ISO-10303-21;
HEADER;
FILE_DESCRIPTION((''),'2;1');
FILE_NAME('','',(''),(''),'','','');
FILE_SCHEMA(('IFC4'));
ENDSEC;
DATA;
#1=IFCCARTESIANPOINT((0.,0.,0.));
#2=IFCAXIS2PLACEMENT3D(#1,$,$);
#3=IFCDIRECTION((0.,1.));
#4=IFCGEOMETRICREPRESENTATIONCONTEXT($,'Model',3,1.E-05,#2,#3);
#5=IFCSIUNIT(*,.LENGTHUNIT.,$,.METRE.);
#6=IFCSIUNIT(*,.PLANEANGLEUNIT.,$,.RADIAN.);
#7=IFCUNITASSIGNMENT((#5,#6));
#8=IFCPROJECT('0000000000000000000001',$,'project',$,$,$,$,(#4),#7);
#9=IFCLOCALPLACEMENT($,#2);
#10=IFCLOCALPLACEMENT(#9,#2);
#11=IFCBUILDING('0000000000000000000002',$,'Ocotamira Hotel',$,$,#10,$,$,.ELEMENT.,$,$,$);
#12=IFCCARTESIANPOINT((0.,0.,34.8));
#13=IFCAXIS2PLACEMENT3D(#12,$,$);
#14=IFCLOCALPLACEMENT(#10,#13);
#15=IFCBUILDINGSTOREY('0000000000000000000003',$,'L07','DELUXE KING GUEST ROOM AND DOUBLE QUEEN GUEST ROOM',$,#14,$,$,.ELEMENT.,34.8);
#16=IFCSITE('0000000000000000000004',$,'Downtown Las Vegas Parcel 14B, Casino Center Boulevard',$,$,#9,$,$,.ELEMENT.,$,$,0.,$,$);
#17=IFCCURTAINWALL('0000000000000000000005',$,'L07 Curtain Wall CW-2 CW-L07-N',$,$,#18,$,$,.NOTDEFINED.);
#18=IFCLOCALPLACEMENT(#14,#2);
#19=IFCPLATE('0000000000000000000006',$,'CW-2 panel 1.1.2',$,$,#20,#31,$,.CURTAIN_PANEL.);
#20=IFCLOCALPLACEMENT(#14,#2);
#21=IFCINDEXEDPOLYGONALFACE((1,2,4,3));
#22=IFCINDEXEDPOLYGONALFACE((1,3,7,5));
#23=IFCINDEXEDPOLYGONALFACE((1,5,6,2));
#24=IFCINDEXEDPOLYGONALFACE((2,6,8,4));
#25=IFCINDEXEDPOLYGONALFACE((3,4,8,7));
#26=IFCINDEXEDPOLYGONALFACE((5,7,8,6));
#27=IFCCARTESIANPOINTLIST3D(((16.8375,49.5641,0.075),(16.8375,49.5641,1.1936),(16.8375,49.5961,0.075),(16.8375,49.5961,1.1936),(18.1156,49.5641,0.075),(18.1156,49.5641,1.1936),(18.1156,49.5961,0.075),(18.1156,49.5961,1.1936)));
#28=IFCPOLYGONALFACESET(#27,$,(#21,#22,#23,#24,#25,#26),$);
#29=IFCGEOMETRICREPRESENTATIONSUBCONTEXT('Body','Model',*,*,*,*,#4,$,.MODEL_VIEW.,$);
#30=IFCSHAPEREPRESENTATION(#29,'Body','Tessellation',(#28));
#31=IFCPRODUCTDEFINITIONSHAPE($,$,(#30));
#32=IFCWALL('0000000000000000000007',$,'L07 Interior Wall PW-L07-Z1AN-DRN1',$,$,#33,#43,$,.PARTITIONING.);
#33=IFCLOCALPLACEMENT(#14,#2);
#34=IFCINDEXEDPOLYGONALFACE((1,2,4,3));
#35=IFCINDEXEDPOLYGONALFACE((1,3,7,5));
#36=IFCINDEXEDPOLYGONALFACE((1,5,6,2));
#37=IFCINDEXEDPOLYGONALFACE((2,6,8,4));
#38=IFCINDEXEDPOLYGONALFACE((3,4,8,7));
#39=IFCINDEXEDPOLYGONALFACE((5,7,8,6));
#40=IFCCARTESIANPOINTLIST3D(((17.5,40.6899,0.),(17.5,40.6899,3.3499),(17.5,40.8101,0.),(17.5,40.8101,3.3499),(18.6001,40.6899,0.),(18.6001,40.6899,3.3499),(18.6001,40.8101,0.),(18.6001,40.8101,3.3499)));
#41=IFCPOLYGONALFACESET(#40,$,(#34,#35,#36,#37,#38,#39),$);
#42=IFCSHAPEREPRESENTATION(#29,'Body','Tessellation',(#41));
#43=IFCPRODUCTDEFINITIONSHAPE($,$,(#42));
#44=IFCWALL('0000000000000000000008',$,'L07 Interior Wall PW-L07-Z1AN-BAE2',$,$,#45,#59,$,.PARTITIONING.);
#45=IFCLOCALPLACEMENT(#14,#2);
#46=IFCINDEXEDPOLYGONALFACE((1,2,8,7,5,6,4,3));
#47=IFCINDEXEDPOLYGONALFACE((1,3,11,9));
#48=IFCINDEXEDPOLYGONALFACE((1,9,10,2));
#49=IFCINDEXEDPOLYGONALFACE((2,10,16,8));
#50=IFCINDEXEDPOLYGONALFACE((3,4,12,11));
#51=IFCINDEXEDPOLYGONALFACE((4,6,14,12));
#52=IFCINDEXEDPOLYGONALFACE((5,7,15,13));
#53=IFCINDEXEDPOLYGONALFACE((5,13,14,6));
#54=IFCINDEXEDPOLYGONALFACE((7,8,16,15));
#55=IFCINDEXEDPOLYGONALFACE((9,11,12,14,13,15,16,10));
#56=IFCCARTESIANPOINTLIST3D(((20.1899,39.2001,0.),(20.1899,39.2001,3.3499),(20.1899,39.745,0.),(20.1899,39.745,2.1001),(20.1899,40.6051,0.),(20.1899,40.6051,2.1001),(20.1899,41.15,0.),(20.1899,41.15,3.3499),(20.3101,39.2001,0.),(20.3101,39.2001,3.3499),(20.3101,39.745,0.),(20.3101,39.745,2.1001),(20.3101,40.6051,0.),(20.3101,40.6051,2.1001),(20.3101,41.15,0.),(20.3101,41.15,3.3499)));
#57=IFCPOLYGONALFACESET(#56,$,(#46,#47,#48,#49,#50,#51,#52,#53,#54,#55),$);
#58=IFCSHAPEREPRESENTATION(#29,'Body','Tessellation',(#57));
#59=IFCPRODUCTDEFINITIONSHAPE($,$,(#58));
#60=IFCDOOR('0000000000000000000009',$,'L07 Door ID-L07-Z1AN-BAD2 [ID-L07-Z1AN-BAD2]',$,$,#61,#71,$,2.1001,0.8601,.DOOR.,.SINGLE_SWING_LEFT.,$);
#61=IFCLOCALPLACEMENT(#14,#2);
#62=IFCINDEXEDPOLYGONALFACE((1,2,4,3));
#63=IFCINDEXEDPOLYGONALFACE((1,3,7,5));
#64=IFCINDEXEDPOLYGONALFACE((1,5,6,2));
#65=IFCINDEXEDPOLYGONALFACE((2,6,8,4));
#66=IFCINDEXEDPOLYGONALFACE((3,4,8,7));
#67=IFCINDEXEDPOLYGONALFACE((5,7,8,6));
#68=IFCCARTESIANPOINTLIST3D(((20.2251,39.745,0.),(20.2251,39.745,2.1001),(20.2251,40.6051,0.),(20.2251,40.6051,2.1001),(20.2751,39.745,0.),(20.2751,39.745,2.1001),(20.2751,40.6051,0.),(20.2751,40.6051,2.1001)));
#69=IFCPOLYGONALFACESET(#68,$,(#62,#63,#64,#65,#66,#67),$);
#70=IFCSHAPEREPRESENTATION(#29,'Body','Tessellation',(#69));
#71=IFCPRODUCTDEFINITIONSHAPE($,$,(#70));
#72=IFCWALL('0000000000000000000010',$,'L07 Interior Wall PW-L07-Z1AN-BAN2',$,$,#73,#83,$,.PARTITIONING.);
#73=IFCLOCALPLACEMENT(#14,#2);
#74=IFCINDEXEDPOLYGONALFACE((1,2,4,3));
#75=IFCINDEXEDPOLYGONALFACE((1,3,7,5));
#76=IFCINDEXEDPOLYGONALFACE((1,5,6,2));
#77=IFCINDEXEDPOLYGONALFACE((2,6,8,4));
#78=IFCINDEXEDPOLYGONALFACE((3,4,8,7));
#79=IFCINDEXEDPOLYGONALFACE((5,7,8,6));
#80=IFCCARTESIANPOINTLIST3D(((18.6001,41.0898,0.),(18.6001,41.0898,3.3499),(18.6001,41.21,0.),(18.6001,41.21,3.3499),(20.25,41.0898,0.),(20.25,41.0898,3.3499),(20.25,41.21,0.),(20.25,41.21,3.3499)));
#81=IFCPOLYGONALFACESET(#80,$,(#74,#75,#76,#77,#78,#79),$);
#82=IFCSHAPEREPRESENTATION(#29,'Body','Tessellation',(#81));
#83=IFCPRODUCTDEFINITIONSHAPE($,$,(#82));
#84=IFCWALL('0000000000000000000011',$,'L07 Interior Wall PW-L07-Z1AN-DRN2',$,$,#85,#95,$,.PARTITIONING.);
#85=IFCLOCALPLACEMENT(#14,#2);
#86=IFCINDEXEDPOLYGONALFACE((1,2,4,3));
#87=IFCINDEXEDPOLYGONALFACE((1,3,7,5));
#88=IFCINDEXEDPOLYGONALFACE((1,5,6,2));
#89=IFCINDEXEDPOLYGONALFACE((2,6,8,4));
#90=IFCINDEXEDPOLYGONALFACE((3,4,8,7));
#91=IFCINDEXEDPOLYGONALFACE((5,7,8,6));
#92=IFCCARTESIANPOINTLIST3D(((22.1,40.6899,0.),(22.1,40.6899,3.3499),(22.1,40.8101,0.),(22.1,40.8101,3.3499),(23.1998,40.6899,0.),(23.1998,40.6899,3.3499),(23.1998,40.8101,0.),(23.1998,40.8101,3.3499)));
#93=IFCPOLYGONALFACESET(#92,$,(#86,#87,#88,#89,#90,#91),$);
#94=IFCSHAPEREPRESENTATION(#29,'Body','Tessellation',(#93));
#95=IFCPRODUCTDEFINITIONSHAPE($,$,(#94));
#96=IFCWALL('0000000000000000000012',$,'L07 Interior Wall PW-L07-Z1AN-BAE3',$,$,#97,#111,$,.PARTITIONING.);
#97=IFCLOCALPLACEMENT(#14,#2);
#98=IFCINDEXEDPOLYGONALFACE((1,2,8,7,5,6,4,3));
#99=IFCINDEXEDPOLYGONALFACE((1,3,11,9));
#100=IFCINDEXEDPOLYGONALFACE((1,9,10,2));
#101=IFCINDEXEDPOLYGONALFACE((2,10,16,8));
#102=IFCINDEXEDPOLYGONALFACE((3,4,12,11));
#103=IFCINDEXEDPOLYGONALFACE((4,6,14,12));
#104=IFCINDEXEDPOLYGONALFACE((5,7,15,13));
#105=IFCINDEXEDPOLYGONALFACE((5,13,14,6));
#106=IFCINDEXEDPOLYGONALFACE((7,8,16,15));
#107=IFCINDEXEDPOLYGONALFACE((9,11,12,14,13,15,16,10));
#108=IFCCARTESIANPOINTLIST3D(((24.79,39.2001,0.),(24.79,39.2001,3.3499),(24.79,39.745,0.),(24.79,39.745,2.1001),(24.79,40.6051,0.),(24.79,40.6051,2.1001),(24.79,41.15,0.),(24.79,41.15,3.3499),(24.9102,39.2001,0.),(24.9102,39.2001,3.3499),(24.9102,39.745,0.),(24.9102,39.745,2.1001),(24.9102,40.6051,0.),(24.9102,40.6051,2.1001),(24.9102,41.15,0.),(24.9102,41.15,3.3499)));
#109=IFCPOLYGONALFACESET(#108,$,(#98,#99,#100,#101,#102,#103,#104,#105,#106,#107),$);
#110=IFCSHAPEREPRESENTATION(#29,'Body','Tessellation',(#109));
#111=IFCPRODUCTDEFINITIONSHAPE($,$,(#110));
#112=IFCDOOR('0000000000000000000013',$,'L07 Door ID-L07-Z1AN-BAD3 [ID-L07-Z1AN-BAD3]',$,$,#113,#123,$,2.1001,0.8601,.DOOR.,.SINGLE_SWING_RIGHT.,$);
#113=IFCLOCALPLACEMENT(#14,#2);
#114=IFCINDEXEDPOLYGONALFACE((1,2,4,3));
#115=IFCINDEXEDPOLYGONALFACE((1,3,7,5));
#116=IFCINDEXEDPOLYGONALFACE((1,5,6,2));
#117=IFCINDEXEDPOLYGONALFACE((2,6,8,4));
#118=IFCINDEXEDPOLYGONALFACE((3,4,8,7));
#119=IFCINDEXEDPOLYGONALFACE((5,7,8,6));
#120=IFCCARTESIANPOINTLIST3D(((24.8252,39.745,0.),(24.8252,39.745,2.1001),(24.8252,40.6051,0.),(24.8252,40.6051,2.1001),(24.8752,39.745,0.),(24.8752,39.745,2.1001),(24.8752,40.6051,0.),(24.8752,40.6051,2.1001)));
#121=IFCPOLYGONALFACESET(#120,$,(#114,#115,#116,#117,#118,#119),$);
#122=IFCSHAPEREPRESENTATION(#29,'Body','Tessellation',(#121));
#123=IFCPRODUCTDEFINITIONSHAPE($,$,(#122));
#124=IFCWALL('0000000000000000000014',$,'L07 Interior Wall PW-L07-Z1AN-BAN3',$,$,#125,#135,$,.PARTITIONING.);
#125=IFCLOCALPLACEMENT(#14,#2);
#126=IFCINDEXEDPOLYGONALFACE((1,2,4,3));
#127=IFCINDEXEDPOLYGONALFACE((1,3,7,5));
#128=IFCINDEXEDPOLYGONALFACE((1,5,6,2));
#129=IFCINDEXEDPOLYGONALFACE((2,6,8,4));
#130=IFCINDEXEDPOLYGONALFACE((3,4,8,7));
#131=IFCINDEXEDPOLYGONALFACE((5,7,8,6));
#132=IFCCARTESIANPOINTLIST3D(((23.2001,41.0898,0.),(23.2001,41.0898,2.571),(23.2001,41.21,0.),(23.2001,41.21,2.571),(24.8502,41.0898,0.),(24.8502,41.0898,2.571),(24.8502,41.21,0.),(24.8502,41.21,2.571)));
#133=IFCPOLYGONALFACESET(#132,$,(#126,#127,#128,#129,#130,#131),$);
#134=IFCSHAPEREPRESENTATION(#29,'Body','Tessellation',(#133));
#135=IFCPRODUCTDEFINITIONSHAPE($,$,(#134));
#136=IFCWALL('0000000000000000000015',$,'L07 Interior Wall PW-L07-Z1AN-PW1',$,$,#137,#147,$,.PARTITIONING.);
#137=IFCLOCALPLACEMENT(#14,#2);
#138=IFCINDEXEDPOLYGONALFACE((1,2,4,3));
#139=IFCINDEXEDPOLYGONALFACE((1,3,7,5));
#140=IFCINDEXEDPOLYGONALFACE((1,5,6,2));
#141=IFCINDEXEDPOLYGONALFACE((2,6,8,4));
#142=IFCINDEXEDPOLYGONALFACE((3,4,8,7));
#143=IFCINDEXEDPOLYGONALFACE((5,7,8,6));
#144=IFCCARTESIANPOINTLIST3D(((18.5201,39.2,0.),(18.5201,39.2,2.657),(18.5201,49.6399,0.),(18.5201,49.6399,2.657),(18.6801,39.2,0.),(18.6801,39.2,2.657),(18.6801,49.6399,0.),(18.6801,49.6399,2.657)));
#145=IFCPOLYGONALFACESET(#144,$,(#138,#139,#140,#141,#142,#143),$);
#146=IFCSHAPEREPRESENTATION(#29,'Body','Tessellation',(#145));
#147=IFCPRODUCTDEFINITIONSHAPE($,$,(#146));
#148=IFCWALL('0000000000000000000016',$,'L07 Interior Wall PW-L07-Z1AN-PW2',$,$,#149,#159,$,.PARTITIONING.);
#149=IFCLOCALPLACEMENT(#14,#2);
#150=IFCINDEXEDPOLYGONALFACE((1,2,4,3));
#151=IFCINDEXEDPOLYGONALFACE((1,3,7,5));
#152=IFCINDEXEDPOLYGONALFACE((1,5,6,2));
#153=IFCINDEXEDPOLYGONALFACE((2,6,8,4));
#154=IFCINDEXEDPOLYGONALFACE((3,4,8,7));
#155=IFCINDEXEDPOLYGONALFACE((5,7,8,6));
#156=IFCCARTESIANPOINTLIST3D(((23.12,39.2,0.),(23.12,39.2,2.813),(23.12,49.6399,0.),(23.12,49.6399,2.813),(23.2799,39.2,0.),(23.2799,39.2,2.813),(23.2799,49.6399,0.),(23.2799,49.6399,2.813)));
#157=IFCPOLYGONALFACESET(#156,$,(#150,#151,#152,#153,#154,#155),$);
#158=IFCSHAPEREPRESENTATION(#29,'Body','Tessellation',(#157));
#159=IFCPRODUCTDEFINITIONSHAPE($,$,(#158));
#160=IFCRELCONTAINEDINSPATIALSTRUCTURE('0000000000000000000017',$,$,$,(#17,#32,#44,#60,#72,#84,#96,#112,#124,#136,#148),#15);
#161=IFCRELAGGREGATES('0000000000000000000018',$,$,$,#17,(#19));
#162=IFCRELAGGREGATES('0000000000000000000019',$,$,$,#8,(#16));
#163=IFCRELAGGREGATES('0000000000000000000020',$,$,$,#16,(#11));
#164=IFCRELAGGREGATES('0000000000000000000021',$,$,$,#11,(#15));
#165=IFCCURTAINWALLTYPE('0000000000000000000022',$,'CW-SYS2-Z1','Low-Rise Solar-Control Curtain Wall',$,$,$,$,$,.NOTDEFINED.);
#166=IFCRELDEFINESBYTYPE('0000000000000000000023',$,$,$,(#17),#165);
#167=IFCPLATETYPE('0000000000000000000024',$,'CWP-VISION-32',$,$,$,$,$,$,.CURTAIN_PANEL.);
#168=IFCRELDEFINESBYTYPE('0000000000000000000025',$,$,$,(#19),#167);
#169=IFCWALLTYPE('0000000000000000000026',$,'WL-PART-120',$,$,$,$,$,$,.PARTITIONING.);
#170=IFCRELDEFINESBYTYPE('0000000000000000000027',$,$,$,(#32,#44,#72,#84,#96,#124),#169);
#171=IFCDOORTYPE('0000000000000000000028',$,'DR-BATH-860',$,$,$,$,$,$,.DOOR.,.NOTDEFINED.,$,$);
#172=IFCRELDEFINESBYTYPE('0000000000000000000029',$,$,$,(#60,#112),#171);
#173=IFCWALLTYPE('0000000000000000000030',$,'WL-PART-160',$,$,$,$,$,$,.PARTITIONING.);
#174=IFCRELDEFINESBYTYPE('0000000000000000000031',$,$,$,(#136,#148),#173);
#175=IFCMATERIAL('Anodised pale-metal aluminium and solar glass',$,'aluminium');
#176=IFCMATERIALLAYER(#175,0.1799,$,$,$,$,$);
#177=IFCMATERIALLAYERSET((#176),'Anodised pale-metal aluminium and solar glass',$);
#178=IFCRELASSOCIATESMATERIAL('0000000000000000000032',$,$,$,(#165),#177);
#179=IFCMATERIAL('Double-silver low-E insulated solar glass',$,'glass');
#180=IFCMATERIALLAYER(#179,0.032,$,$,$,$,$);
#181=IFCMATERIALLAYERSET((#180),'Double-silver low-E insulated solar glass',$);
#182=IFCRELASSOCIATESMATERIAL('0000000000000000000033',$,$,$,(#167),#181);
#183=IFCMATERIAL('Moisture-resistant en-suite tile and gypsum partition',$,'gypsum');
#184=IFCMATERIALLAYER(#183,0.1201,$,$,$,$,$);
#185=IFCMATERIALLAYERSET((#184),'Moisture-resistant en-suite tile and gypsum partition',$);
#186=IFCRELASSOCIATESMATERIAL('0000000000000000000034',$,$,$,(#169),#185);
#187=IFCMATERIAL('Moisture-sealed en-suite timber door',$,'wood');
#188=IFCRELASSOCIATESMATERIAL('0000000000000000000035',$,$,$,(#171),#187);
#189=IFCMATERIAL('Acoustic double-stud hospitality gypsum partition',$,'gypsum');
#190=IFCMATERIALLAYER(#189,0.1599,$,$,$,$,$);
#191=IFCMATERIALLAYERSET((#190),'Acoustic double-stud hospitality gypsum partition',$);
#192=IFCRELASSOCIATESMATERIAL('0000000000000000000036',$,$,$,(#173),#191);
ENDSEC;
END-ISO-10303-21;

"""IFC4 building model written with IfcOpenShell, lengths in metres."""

from ifc_helpers import new_model, si_unit, direction, frame, frame_2d, origin, origin_2d, place, context, subcontext, project, spatial, rectangle, extrude, source, transform, mapped, material, layer, layer_set, type_object, element, fill, aggregate, save


model = new_model("IFC4")

# Units and contexts
model_context = context("Model", 3, precision=1e-05, world=origin(), true_north=direction((0.0, 1.0)))
body_context = subcontext(model_context, "Body", "Model", "MODEL_VIEW")
ifc_project = project(units=[si_unit("LENGTHUNIT", "METRE"), si_unit("PLANEANGLEUNIT", "RADIAN")], contexts=[model_context])

# Site, building, storey
site_placement = place(None, origin())
site = spatial("IfcSite", under=ifc_project, at=site_placement, Name="Downtown Las Vegas Parcel 14B, Casino Center Boulevard", CompositionType="ELEMENT", RefElevation=0.0)
building_placement = place(site_placement, origin())
building = spatial("IfcBuilding", under=site, at=building_placement, Name="Ocotamira Hotel", CompositionType="ELEMENT")
storey_placement = place(building_placement, frame((0.0, 0.0, 34.8)))
storey = spatial("IfcBuildingStorey", under=building, at=storey_placement, Name="L07", Description="DELUXE KING GUEST ROOM AND DOUBLE QUEEN GUEST ROOM", CompositionType="ELEMENT", Elevation=34.8)

# Curtain wall, plate
ifc_material_1 = material(Name="Anodised pale-metal aluminium and solar glass", Category="aluminium")
ifc_layer_1 = layer(ifc_material_1, 0.1799)
ifc_layer_set_1 = layer_set([ifc_layer_1], Name="Anodised pale-metal aluminium and solar glass")
curtain_wall_type = type_object("IfcCurtainWallType", Name="CW-SYS2-Z1", Description="Low-Rise Solar-Control Curtain Wall", PredefinedType="NOTDEFINED", material=ifc_layer_set_1)
curtain_wall_placement = place(storey_placement, origin())
curtain_wall = element("IfcCurtainWall", 1, at=curtain_wall_placement, inside=storey, type_object=curtain_wall_type, Name="L07 Curtain Wall CW-2 CW-L07-N", PredefinedType="NOTDEFINED")
ifc_material_2 = material(Name="Double-silver low-E insulated solar glass", Category="glass")
ifc_layer_2 = layer(ifc_material_2, 0.032)
ifc_layer_set_2 = layer_set([ifc_layer_2], Name="Double-silver low-E insulated solar glass")
plate_type = type_object("IfcPlateType", Name="CWP-VISION-32", PredefinedType="CURTAIN_PANEL", material=ifc_layer_set_2)
shared_shape_1 = source(origin(), body_context, "Body", "SweptSolid", [
    extrude(rectangle(XDim=1.2781, YDim=0.032, at=origin_2d()), origin(), (0.0, 0.0, 1.0), 1.1187),
])
plate_placement = place(storey_placement, frame((17.4766, 49.5801, 0.075), z_axis=(0.0, 0.0, 1.0), x_axis=(1.0, 0.0, 0.0)))
plate = element("IfcPlate", 2, at=plate_placement, type_object=plate_type, Name="CW-2 panel 1.1.2", PredefinedType="CURTAIN_PANEL", context=body_context, shape_type="MappedRepresentation", body=[
    mapped(shared_shape_1, transform((0.0, 0.0, 0.0), scale=1.0)),
])
aggregate(curtain_wall, [plate])

# Wall
ifc_material_3 = material(Name="Moisture-resistant en-suite tile and gypsum partition", Category="gypsum")
ifc_layer_3 = layer(ifc_material_3, 0.1201)
ifc_layer_set_3 = layer_set([ifc_layer_3], Name="Moisture-resistant en-suite tile and gypsum partition")
wall_type_1 = type_object("IfcWallType", Name="WL-PART-120", PredefinedType="PARTITIONING", material=ifc_layer_set_3)
wall_1_placement = place(storey_placement, frame((17.5, 40.75, 0.0), z_axis=(0.0, 0.0, 1.0), x_axis=(1.0, 0.0, 0.0)))
element("IfcWall", 3, at=wall_1_placement, inside=storey, type_object=wall_type_1, Name="L07 Interior Wall PW-L07-Z1AN-DRN1", PredefinedType="PARTITIONING", context=body_context, shape_type="SweptSolid", body=[
    extrude(rectangle(XDim=1.1001, YDim=0.1201, at=frame_2d((0.55, 0.0))), origin(), (0.0, 0.0, 1.0), 3.3499),
])

# Wall, opening, door
wall_2_placement = place(storey_placement, frame((20.25, 39.2, 0.0), z_axis=(0.0, 0.0, 1.0), x_axis=(0.0, 1.0, 0.0)))
wall_2 = element("IfcWall", 4, at=wall_2_placement, inside=storey, type_object=wall_type_1, Name="L07 Interior Wall PW-L07-Z1AN-BAE2", PredefinedType="PARTITIONING", context=body_context, shape_type="SweptSolid", body=[
    extrude(rectangle(XDim=1.95, YDim=0.1201, at=frame_2d((0.9751, 0.0))), origin(), (0.0, 0.0, 1.0), 3.3499),
])
opening_1_placement = place(wall_2_placement, frame((0.5449, 0.0, 0.0)))
opening_1 = element("IfcOpeningElement", 5, at=opening_1_placement, cuts=wall_2, PredefinedType="OPENING", context=body_context, shape_type="SweptSolid", body=[
    extrude(rectangle(XDim=0.8601, YDim=2.1001, at=frame_2d((0.4302, 1.05))), frame((0.0, 0.0701, 0.0), z_axis=(0.0, -1.0, 0.0), x_axis=(1.0, 0.0, 0.0)), (0.0, 0.0, 1.0), 0.1401),
])
ifc_material_4 = material(Name="Moisture-sealed en-suite timber door", Category="wood")
door_type = type_object("IfcDoorType", Name="DR-BATH-860", OperationType="NOTDEFINED", PredefinedType="DOOR", material=ifc_material_4)
shared_shape_2 = source(origin(), body_context, "Body", "SweptSolid", [
    extrude(rectangle(XDim=0.8601, YDim=2.1001, at=frame_2d((0.4302, 1.05))), frame((0.0, 0.0249, 0.0), z_axis=(0.0, -1.0, 0.0), x_axis=(1.0, 0.0, 0.0)), (0.0, 0.0, 1.0), 0.05),
])
door_1_placement = place(opening_1_placement, origin())
door_1 = element("IfcDoor", 6, at=door_1_placement, inside=storey, type_object=door_type, Name="L07 Door ID-L07-Z1AN-BAD2 [ID-L07-Z1AN-BAD2]", OperationType="SINGLE_SWING_LEFT", OverallHeight=2.1001, OverallWidth=0.8601, PredefinedType="DOOR", context=body_context, shape_type="MappedRepresentation", body=[
    mapped(shared_shape_2, transform((0.0, 0.0, 0.0), scale=1.0)),
])
fill(opening_1, door_1)

# Walls
wall_3_placement = place(storey_placement, frame((18.6001, 41.1499, 0.0), z_axis=(0.0, 0.0, 1.0), x_axis=(1.0, 0.0, 0.0)))
element("IfcWall", 7, at=wall_3_placement, inside=storey, type_object=wall_type_1, Name="L07 Interior Wall PW-L07-Z1AN-BAN2", PredefinedType="PARTITIONING", context=body_context, shape_type="SweptSolid", body=[
    extrude(rectangle(XDim=1.6499, YDim=0.1201, at=frame_2d((0.825, 0.0))), origin(), (0.0, 0.0, 1.0), 3.3499),
])
wall_4_placement = place(storey_placement, frame((22.1001, 40.75, 0.0), z_axis=(0.0, 0.0, 1.0), x_axis=(1.0, 0.0, 0.0)))
element("IfcWall", 8, at=wall_4_placement, inside=storey, type_object=wall_type_1, Name="L07 Interior Wall PW-L07-Z1AN-DRN2", PredefinedType="PARTITIONING", context=body_context, shape_type="SweptSolid", body=[
    extrude(rectangle(XDim=1.0999, YDim=0.1201, at=frame_2d((0.5498, 0.0))), origin(), (0.0, 0.0, 1.0), 3.3499),
])

# Wall, opening, door
wall_5_placement = place(storey_placement, frame((24.8501, 39.2, 0.0), z_axis=(0.0, 0.0, 1.0), x_axis=(0.0, 1.0, 0.0)))
wall_5 = element("IfcWall", 9, at=wall_5_placement, inside=storey, type_object=wall_type_1, Name="L07 Interior Wall PW-L07-Z1AN-BAE3", PredefinedType="PARTITIONING", context=body_context, shape_type="SweptSolid", body=[
    extrude(rectangle(XDim=1.95, YDim=0.1201, at=frame_2d((0.9751, 0.0))), origin(), (0.0, 0.0, 1.0), 3.3499),
])
opening_2_placement = place(wall_5_placement, frame((0.5449, 0.0, 0.0)))
opening_2 = element("IfcOpeningElement", 10, at=opening_2_placement, cuts=wall_5, PredefinedType="OPENING", context=body_context, shape_type="SweptSolid", body=[
    extrude(rectangle(XDim=0.8601, YDim=2.1001, at=frame_2d((0.4302, 1.05))), frame((0.0, 0.0701, 0.0), z_axis=(0.0, -1.0, 0.0), x_axis=(1.0, 0.0, 0.0)), (0.0, 0.0, 1.0), 0.1401),
])
door_2_placement = place(opening_2_placement, origin())
door_2 = element("IfcDoor", 11, at=door_2_placement, inside=storey, type_object=door_type, Name="L07 Door ID-L07-Z1AN-BAD3 [ID-L07-Z1AN-BAD3]", OperationType="SINGLE_SWING_RIGHT", OverallHeight=2.1001, OverallWidth=0.8601, PredefinedType="DOOR", context=body_context, shape_type="MappedRepresentation", body=[
    mapped(shared_shape_2, transform((0.0, 0.0, 0.0), scale=1.0)),
])
fill(opening_2, door_2)

# Walls
wall_6_placement = place(storey_placement, frame((23.2, 41.1499, 0.0), z_axis=(0.0, 0.0, 1.0), x_axis=(1.0, 0.0, 0.0)))
element("IfcWall", 12, at=wall_6_placement, inside=storey, type_object=wall_type_1, Name="L07 Interior Wall PW-L07-Z1AN-BAN3", PredefinedType="PARTITIONING", context=body_context, shape_type="SweptSolid", body=[
    extrude(rectangle(XDim=1.6501, YDim=0.1201, at=frame_2d((0.8252, 0.0))), origin(), (0.0, 0.0, 1.0), 2.571),
])
ifc_material_5 = material(Name="Acoustic double-stud hospitality gypsum partition", Category="gypsum")
ifc_layer_4 = layer(ifc_material_5, 0.1599)
ifc_layer_set_4 = layer_set([ifc_layer_4], Name="Acoustic double-stud hospitality gypsum partition")
wall_type_2 = type_object("IfcWallType", Name="WL-PART-160", PredefinedType="PARTITIONING", material=ifc_layer_set_4)
wall_7_placement = place(storey_placement, frame((18.6001, 39.2, 0.0), z_axis=(0.0, 0.0, 1.0), x_axis=(0.0, 1.0, 0.0)))
element("IfcWall", 13, at=wall_7_placement, inside=storey, type_object=wall_type_2, Name="L07 Interior Wall PW-L07-Z1AN-PW1", PredefinedType="PARTITIONING", context=body_context, shape_type="SweptSolid", body=[
    extrude(rectangle(XDim=10.4399, YDim=0.1599, at=frame_2d((5.22, 0.0))), origin(), (0.0, 0.0, 1.0), 2.657),
])
wall_8_placement = place(storey_placement, frame((23.2, 39.2, 0.0), z_axis=(0.0, 0.0, 1.0), x_axis=(0.0, 1.0, 0.0)))
element("IfcWall", 14, at=wall_8_placement, inside=storey, type_object=wall_type_2, Name="L07 Interior Wall PW-L07-Z1AN-PW2", PredefinedType="PARTITIONING", context=body_context, shape_type="SweptSolid", body=[
    extrude(rectangle(XDim=10.4399, YDim=0.1599, at=frame_2d((5.22, 0.0))), origin(), (0.0, 0.0, 1.0), 2.813),
])

save(model, "model.ifc")
